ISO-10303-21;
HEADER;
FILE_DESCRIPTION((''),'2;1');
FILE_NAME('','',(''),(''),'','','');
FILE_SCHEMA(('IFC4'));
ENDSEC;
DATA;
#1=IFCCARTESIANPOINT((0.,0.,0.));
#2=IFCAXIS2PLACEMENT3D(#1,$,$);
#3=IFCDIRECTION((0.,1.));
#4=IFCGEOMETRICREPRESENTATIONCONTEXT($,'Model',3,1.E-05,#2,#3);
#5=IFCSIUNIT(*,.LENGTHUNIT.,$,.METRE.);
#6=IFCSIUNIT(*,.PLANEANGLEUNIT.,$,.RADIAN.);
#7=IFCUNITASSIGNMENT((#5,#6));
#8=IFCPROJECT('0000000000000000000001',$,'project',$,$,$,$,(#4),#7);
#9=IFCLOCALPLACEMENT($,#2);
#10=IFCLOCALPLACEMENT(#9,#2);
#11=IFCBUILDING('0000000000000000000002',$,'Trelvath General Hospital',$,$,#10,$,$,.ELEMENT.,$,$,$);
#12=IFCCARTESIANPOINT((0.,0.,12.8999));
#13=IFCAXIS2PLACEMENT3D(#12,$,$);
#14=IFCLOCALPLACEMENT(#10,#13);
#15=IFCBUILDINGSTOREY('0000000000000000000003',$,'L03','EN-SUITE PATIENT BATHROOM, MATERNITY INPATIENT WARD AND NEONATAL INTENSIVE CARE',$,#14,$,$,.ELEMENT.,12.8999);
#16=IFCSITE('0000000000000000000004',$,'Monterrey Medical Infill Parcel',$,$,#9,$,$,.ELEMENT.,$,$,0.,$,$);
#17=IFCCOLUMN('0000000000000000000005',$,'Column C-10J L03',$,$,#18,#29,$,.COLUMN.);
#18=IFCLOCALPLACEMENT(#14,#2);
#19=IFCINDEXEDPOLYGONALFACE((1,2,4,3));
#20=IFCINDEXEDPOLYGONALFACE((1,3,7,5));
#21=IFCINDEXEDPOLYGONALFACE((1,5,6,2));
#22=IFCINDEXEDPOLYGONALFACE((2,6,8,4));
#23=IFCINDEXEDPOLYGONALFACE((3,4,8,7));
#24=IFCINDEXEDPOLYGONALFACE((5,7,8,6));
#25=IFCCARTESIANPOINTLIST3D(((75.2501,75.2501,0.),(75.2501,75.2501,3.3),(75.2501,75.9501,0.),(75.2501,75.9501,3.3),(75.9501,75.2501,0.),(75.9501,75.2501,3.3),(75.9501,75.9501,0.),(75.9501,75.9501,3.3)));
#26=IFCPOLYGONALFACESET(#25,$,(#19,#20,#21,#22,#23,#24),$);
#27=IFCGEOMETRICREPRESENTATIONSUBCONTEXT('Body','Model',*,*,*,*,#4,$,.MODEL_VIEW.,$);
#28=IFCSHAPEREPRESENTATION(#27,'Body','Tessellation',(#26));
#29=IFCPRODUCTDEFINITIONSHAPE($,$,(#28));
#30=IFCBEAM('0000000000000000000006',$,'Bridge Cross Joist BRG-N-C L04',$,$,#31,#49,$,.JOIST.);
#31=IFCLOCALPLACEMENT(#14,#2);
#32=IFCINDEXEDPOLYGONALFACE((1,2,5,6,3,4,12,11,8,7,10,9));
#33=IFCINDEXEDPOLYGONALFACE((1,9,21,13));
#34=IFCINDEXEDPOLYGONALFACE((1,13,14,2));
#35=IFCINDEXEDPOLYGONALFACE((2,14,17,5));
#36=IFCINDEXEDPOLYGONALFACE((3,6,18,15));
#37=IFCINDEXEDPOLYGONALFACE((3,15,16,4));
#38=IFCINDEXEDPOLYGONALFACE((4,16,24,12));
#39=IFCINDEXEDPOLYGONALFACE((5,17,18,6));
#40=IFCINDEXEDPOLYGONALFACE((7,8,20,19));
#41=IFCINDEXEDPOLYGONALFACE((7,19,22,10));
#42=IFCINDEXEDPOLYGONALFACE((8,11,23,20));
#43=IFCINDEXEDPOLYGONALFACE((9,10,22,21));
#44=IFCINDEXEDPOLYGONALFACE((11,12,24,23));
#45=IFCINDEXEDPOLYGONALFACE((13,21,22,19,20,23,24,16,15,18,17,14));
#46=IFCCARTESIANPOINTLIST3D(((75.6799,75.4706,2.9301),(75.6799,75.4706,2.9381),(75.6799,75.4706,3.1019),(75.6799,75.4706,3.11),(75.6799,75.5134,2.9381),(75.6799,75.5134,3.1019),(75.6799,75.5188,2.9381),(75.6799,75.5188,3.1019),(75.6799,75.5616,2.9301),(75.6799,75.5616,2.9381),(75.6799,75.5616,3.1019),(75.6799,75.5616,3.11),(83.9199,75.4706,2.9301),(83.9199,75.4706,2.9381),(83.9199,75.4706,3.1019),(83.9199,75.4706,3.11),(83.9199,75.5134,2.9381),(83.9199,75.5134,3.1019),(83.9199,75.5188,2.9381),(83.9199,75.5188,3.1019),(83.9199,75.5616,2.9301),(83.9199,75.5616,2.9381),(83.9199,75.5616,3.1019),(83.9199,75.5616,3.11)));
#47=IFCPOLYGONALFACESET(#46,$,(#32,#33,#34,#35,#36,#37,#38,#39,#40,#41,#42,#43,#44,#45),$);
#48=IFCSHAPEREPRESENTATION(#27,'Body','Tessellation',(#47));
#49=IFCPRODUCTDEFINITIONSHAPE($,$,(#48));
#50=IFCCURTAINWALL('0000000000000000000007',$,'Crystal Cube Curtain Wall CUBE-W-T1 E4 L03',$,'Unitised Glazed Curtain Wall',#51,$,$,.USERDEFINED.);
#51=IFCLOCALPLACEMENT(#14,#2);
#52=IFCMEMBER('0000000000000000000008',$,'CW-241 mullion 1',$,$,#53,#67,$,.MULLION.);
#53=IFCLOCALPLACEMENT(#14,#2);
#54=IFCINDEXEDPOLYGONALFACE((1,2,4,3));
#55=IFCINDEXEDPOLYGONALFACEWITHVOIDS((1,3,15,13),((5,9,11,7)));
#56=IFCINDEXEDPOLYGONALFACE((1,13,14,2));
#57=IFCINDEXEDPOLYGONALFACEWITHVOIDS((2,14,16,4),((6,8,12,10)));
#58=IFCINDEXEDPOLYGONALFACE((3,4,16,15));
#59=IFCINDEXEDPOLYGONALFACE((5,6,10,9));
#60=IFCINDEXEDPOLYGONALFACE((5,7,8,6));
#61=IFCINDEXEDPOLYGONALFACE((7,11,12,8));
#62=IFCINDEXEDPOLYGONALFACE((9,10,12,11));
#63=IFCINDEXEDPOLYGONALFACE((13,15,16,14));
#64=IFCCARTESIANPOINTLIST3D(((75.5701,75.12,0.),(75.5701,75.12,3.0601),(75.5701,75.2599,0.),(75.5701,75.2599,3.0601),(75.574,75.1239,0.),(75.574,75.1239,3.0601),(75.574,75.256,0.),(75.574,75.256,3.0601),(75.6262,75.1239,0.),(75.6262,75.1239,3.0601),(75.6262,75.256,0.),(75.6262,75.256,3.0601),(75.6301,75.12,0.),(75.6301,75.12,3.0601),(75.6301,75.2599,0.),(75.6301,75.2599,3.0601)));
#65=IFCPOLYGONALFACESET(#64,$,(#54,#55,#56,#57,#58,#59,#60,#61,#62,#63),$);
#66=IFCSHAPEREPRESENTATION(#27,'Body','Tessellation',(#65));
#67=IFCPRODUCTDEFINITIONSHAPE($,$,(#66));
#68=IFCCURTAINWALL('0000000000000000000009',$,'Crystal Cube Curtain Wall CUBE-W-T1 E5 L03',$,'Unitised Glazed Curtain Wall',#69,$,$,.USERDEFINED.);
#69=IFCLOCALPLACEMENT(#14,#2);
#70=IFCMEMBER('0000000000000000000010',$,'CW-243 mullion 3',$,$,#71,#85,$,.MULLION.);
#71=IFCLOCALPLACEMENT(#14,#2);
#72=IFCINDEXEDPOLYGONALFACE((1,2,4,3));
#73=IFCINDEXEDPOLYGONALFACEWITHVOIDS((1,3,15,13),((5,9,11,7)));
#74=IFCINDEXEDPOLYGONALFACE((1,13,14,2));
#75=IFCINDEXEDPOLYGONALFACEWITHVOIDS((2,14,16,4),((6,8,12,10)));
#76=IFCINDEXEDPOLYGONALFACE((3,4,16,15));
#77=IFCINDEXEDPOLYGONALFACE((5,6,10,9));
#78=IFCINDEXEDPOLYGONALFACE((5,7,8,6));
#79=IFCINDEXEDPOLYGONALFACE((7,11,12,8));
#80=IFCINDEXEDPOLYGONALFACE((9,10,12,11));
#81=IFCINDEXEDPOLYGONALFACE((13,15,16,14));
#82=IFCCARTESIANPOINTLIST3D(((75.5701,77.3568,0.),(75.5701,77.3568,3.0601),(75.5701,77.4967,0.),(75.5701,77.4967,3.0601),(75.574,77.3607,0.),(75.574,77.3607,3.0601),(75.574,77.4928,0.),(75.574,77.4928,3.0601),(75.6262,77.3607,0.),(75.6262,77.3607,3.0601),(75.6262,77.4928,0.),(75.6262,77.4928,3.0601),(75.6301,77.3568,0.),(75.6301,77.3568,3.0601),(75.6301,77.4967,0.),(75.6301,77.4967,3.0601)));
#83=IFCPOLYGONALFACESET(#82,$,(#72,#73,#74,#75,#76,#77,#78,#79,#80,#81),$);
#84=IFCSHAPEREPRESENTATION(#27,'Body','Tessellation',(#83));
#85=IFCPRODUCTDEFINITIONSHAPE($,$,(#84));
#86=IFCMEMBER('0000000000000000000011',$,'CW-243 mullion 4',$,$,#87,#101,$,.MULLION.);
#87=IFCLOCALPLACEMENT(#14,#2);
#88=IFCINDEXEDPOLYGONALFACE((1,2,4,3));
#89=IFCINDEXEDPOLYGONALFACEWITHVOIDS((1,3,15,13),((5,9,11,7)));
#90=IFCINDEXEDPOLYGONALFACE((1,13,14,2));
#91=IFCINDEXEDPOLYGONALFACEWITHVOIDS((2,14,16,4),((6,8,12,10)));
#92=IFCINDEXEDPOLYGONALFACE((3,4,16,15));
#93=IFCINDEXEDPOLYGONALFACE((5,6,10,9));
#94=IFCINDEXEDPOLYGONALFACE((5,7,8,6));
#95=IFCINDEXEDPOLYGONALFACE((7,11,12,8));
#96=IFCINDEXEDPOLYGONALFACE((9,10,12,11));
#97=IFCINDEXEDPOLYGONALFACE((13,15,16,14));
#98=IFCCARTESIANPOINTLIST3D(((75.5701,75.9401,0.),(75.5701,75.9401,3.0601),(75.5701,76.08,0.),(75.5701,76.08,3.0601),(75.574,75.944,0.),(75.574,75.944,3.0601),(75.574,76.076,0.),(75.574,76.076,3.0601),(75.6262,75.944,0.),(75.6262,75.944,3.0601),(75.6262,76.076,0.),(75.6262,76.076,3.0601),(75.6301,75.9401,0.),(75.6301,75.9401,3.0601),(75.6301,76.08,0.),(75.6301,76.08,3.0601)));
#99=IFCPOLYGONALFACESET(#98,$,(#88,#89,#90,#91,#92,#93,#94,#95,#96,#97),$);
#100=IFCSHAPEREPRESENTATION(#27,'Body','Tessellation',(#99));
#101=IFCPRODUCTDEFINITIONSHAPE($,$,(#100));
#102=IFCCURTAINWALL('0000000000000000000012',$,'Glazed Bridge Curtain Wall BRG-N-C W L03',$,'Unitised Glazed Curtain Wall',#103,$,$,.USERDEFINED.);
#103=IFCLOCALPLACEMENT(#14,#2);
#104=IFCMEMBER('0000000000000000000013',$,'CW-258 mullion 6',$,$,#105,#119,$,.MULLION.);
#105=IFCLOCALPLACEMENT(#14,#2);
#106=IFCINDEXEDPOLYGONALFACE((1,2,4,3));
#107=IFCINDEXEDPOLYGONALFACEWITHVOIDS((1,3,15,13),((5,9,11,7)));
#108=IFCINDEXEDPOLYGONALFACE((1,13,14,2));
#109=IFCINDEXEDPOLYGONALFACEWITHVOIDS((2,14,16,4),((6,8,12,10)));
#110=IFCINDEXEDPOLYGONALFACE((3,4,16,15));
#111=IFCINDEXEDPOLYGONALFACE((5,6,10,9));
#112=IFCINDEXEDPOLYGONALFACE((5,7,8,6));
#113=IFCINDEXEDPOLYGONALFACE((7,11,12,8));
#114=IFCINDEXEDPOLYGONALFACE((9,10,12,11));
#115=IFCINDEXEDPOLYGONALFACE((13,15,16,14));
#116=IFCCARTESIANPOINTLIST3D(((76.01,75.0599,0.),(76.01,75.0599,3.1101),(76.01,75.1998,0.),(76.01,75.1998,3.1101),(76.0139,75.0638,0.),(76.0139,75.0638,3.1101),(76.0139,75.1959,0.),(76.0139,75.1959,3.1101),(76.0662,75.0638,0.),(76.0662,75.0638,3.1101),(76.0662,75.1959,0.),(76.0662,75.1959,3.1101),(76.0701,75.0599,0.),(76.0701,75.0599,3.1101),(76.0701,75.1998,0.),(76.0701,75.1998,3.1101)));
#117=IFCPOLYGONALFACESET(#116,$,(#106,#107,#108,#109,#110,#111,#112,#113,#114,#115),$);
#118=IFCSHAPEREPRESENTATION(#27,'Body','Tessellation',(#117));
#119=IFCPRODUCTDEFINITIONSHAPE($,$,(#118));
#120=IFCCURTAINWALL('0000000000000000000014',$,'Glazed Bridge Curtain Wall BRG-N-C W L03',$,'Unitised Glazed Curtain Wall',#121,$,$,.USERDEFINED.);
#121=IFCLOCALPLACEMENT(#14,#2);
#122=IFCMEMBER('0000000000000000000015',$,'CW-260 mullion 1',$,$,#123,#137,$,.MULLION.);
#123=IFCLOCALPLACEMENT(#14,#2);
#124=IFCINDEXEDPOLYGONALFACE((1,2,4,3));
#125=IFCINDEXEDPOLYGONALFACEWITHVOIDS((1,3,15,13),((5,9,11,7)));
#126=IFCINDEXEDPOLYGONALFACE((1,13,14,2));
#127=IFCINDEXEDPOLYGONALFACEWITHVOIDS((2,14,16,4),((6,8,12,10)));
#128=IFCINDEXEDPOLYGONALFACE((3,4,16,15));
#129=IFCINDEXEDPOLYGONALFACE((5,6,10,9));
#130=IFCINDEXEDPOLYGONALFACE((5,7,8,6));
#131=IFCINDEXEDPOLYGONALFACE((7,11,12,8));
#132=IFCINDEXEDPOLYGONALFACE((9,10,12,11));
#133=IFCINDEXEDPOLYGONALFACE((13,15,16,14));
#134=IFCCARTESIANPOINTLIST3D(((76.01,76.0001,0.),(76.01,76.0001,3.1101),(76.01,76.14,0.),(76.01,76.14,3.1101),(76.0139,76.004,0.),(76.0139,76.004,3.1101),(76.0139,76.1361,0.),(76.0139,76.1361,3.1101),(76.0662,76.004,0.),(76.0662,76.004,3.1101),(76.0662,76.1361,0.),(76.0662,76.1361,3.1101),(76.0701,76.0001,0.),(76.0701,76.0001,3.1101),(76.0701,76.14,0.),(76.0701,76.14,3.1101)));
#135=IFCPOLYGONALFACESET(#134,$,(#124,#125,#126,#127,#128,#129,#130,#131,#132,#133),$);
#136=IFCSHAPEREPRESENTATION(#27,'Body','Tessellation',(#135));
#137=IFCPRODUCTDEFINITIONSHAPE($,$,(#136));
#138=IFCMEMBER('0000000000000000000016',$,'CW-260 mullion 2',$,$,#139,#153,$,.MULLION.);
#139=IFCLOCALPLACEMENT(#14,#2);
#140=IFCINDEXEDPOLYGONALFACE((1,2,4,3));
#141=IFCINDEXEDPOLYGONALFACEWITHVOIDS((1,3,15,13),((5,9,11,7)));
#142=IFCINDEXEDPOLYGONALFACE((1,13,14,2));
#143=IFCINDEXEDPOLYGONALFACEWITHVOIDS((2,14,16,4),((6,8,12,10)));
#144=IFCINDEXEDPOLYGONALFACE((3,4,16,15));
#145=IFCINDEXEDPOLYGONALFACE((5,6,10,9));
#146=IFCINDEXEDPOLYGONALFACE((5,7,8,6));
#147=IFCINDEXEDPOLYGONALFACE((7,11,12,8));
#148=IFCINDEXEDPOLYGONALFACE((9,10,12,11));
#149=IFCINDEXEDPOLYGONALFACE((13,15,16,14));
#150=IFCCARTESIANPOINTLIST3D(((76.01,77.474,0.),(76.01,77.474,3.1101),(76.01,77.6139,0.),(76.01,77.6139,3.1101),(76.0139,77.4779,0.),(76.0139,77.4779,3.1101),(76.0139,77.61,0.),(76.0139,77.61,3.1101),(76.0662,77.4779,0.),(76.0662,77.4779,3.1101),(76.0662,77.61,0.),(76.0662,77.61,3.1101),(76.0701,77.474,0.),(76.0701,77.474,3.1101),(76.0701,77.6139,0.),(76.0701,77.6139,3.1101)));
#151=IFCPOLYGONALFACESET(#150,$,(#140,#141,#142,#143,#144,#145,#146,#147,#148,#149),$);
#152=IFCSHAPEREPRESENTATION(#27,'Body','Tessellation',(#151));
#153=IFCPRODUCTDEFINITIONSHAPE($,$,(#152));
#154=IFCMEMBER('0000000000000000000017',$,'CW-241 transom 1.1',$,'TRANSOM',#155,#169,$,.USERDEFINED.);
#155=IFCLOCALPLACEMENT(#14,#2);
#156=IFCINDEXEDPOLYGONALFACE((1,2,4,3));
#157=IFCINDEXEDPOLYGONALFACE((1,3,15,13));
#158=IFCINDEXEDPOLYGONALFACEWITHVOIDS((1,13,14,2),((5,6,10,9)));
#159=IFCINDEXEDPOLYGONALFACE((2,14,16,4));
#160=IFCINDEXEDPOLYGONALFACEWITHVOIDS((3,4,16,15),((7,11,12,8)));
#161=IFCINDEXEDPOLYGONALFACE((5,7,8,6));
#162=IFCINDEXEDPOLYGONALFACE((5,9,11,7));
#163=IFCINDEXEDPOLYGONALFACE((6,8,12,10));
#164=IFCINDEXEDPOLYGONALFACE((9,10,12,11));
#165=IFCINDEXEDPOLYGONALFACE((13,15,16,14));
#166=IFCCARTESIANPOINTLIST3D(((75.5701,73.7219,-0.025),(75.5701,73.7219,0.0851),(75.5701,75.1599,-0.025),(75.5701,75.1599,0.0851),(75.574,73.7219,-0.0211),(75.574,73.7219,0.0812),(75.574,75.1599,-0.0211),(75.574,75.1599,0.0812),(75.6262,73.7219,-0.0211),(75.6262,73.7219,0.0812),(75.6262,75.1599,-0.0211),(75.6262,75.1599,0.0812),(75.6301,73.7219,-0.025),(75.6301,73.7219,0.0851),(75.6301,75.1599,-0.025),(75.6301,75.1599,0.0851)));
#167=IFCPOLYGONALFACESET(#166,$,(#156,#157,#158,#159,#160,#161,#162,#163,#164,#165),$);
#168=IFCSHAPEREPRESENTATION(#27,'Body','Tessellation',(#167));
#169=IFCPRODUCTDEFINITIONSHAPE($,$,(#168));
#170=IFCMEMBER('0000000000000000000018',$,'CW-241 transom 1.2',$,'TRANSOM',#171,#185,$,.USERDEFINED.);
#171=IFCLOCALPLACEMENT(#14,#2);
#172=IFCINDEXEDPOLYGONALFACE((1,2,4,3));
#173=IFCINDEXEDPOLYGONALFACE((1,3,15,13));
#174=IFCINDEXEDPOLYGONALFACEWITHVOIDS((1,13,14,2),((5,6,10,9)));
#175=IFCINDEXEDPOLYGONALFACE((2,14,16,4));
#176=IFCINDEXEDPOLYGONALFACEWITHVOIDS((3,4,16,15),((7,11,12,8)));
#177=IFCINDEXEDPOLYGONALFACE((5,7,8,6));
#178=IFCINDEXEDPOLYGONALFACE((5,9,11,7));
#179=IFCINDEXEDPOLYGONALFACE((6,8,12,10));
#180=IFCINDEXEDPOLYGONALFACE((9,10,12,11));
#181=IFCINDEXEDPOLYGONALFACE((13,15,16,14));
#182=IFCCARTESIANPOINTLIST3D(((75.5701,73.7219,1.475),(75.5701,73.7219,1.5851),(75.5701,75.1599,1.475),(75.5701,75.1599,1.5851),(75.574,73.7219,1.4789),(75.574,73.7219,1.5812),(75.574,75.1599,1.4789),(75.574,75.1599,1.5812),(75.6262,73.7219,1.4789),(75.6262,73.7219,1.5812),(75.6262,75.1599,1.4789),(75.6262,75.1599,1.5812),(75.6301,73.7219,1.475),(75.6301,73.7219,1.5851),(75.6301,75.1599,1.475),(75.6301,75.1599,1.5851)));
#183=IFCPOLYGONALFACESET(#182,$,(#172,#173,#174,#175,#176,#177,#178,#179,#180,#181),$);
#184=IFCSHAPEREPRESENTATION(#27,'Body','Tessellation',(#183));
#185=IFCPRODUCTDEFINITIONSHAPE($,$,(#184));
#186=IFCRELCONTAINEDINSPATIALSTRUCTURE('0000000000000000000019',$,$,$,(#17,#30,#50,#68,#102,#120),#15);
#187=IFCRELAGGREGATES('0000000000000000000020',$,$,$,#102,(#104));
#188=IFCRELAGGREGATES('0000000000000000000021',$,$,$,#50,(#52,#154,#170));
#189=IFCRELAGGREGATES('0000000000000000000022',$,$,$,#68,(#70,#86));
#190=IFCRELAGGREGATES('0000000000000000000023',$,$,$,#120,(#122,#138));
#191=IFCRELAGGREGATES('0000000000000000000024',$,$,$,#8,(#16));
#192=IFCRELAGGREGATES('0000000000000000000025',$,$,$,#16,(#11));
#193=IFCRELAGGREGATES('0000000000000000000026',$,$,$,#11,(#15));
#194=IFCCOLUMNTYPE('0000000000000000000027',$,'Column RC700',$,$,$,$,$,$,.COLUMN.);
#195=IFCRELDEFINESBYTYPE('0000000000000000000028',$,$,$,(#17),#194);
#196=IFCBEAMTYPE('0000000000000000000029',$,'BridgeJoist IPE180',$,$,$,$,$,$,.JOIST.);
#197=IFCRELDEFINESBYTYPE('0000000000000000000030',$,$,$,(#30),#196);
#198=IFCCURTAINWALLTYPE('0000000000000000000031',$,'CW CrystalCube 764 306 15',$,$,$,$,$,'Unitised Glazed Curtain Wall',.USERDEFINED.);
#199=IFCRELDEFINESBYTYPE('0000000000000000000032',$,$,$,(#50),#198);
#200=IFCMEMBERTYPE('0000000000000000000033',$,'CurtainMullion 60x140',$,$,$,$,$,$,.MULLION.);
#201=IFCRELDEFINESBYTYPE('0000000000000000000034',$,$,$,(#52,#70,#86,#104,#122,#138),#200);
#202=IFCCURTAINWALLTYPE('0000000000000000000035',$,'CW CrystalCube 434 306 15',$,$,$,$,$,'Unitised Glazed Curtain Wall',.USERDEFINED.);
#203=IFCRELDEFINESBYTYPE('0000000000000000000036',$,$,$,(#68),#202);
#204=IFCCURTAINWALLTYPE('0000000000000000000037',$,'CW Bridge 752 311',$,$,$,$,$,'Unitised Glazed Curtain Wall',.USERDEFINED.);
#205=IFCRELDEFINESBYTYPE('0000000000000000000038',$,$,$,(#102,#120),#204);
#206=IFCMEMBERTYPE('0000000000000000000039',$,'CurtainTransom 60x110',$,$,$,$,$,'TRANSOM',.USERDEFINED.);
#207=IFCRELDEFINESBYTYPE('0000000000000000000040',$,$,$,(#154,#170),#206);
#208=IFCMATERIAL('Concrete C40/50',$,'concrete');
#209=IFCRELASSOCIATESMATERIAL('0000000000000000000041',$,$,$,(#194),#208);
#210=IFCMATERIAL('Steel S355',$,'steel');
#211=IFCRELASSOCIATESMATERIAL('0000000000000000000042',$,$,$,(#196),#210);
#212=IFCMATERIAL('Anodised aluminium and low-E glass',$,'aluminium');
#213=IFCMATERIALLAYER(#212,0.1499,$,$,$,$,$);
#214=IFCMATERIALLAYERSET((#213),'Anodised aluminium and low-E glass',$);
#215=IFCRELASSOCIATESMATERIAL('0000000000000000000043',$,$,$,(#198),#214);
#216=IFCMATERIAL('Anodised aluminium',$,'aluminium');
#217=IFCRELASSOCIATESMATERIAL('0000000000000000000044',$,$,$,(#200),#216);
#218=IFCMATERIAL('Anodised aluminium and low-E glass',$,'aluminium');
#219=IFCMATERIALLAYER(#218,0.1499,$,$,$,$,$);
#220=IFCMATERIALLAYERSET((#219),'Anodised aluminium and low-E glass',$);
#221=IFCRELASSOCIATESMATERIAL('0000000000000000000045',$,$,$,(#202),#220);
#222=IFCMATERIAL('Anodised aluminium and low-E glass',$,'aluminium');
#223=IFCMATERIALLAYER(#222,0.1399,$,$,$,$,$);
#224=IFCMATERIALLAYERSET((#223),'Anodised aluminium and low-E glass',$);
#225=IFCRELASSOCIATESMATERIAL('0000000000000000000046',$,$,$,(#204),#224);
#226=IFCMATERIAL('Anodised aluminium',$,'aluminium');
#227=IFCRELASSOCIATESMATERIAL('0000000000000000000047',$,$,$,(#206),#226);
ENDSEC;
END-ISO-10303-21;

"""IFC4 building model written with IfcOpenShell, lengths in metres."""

from ifc_helpers import new_model, si_unit, direction, frame, origin, origin_2d, place, context, subcontext, project, spatial, rectangle, hollow_rectangle, i_section, extrude, material, layer, layer_set, material_profile, profile_set, type_object, element, aggregate, save


model = new_model("IFC4")

# Units and contexts
model_context = context("Model", 3, precision=1e-05, world=origin(), true_north=direction((0.0, 1.0)))
body_context = subcontext(model_context, "Body", "Model", "MODEL_VIEW")
ifc_project = project(units=[si_unit("LENGTHUNIT", "METRE"), si_unit("PLANEANGLEUNIT", "RADIAN")], contexts=[model_context])

# Site, building, storey
site_placement = place(None, origin())
site = spatial("IfcSite", under=ifc_project, at=site_placement, Name="Monterrey Medical Infill Parcel", CompositionType="ELEMENT", RefElevation=0.0)
building_placement = place(site_placement, origin())
building = spatial("IfcBuilding", under=site, at=building_placement, Name="Trelvath General Hospital", CompositionType="ELEMENT")
storey_placement = place(building_placement, frame((0.0, 0.0, 12.8999)))
storey = spatial("IfcBuildingStorey", under=building, at=storey_placement, Name="L03", Description="EN-SUITE PATIENT BATHROOM, MATERNITY INPATIENT WARD AND NEONATAL INTENSIVE CARE", CompositionType="ELEMENT", Elevation=12.8999)

# Column
ifc_material_1 = material(Name="Concrete C40/50", Category="concrete")
ifc_material_profile_1 = material_profile(ifc_material_1, rectangle(XDim=0.7, YDim=0.7, at=origin_2d()), Name="RC700x700")
ifc_profile_set_1 = profile_set([ifc_material_profile_1], Name="Concrete C40/50")
column_type = type_object("IfcColumnType", Name="Column RC700", PredefinedType="COLUMN", material=ifc_profile_set_1)
column_placement = place(storey_placement, frame((75.6001, 75.6001, 0.0), z_axis=(0.0, 0.0, 1.0), x_axis=(1.0, 0.0, 0.0)))
element("IfcColumn", 1, at=column_placement, inside=storey, type_object=column_type, Name="Column C-10J L03", PredefinedType="COLUMN", context=body_context, shape_type="SweptSolid", body=[
    extrude(rectangle(XDim=0.7, YDim=0.7, at=origin_2d()), origin(), (0.0, 0.0, 1.0), 3.3),
])

# Beam
ifc_material_2 = material(Name="Steel S355", Category="steel")
ifc_material_profile_2 = material_profile(ifc_material_2, i_section(OverallWidth=0.0911, OverallDepth=0.1799, WebThickness=0.0054, FlangeThickness=0.0081, at=origin_2d()), Name="IPE180")
ifc_profile_set_2 = profile_set([ifc_material_profile_2], Name="Steel S355")
beam_type = type_object("IfcBeamType", Name="BridgeJoist IPE180", PredefinedType="JOIST", material=ifc_profile_set_2)
beam_placement = place(storey_placement, frame((75.6799, 75.5161, 3.02), z_axis=(1.0, 0.0, 0.0), x_axis=(0.0, 1.0, 0.0)))
element("IfcBeam", 2, at=beam_placement, inside=storey, type_object=beam_type, Name="Bridge Cross Joist BRG-N-C L04", PredefinedType="JOIST", context=body_context, shape_type="SweptSolid", body=[
    extrude(i_section(OverallWidth=0.0911, OverallDepth=0.1799, WebThickness=0.0054, FlangeThickness=0.0081, at=origin_2d()), origin(), (0.0, 0.0, 1.0), 8.24),
])

# Curtain wall, member
ifc_material_3 = material(Name="Anodised aluminium and low-E glass", Category="aluminium")
ifc_layer_1 = layer(ifc_material_3, 0.1499)
ifc_layer_set_1 = layer_set([ifc_layer_1], Name="Anodised aluminium and low-E glass")
curtain_wall_type_1 = type_object("IfcCurtainWallType", Name="CW CrystalCube 764 306 15", ElementType="Unitised Glazed Curtain Wall", PredefinedType="USERDEFINED", material=ifc_layer_set_1)
curtain_wall_1_placement = place(storey_placement, origin())
curtain_wall_1 = element("IfcCurtainWall", 3, at=curtain_wall_1_placement, inside=storey, type_object=curtain_wall_type_1, Name="Crystal Cube Curtain Wall CUBE-W-T1 E4 L03", ObjectType="Unitised Glazed Curtain Wall", PredefinedType="USERDEFINED")
ifc_material_4 = material(Name="Anodised aluminium", Category="aluminium")
ifc_material_profile_3 = material_profile(ifc_material_4, hollow_rectangle(XDim=0.0601, YDim=0.1399, WallThickness=0.0039, at=origin_2d()), Name="RHS60x140x4")
ifc_profile_set_3 = profile_set([ifc_material_profile_3], Name="Anodised aluminium")
member_type_1 = type_object("IfcMemberType", Name="CurtainMullion 60x140", PredefinedType="MULLION", material=ifc_profile_set_3)
member_1_placement = place(storey_placement, frame((75.6001, 75.1899, 0.0), z_axis=(0.0, 0.0, 1.0), x_axis=(1.0, 0.0, 0.0)))
member_1 = element("IfcMember", 4, at=member_1_placement, type_object=member_type_1, Name="CW-241 mullion 1", PredefinedType="MULLION", context=body_context, shape_type="SweptSolid", body=[
    extrude(hollow_rectangle(XDim=0.0601, YDim=0.1399, WallThickness=0.0039, at=origin_2d()), origin(), (0.0, 0.0, 1.0), 3.0601),
])

# Curtain wall, members
ifc_material_5 = material(Name="Anodised aluminium and low-E glass", Category="aluminium")
ifc_layer_2 = layer(ifc_material_5, 0.1499)
ifc_layer_set_2 = layer_set([ifc_layer_2], Name="Anodised aluminium and low-E glass")
curtain_wall_type_2 = type_object("IfcCurtainWallType", Name="CW CrystalCube 434 306 15", ElementType="Unitised Glazed Curtain Wall", PredefinedType="USERDEFINED", material=ifc_layer_set_2)
curtain_wall_2_placement = place(storey_placement, origin())
curtain_wall_2 = element("IfcCurtainWall", 5, at=curtain_wall_2_placement, inside=storey, type_object=curtain_wall_type_2, Name="Crystal Cube Curtain Wall CUBE-W-T1 E5 L03", ObjectType="Unitised Glazed Curtain Wall", PredefinedType="USERDEFINED")
member_2_placement = place(storey_placement, frame((75.6001, 77.4268, 0.0), z_axis=(0.0, 0.0, 1.0), x_axis=(1.0, 0.0, 0.0)))
member_2 = element("IfcMember", 6, at=member_2_placement, type_object=member_type_1, Name="CW-243 mullion 3", PredefinedType="MULLION", context=body_context, shape_type="SweptSolid", body=[
    extrude(hollow_rectangle(XDim=0.0601, YDim=0.1399, WallThickness=0.0039, at=origin_2d()), origin(), (0.0, 0.0, 1.0), 3.0601),
])
member_3_placement = place(storey_placement, frame((75.6001, 76.01, 0.0), z_axis=(0.0, 0.0, 1.0), x_axis=(1.0, 0.0, 0.0)))
member_3 = element("IfcMember", 7, at=member_3_placement, type_object=member_type_1, Name="CW-243 mullion 4", PredefinedType="MULLION", context=body_context, shape_type="SweptSolid", body=[
    extrude(hollow_rectangle(XDim=0.0601, YDim=0.1399, WallThickness=0.0039, at=origin_2d()), origin(), (0.0, 0.0, 1.0), 3.0601),
])

# Curtain wall, member
ifc_material_6 = material(Name="Anodised aluminium and low-E glass", Category="aluminium")
ifc_layer_3 = layer(ifc_material_6, 0.1399)
ifc_layer_set_3 = layer_set([ifc_layer_3], Name="Anodised aluminium and low-E glass")
curtain_wall_type_3 = type_object("IfcCurtainWallType", Name="CW Bridge 752 311", ElementType="Unitised Glazed Curtain Wall", PredefinedType="USERDEFINED", material=ifc_layer_set_3)
curtain_wall_3_placement = place(storey_placement, origin())
curtain_wall_3 = element("IfcCurtainWall", 8, at=curtain_wall_3_placement, inside=storey, type_object=curtain_wall_type_3, Name="Glazed Bridge Curtain Wall BRG-N-C W L03", ObjectType="Unitised Glazed Curtain Wall", PredefinedType="USERDEFINED")
member_4_placement = place(storey_placement, frame((76.04, 75.1299, 0.0), z_axis=(0.0, 0.0, 1.0), x_axis=(-1.0, 0.0, 0.0)))
member_4 = element("IfcMember", 9, at=member_4_placement, type_object=member_type_1, Name="CW-258 mullion 6", PredefinedType="MULLION", context=body_context, shape_type="SweptSolid", body=[
    extrude(hollow_rectangle(XDim=0.0601, YDim=0.1399, WallThickness=0.0039, at=origin_2d()), origin(), (0.0, 0.0, 1.0), 3.1101),
])
aggregate(curtain_wall_3, [member_4])

# Curtain wall, members
curtain_wall_4_placement = place(storey_placement, origin())
curtain_wall_4 = element("IfcCurtainWall", 10, at=curtain_wall_4_placement, inside=storey, type_object=curtain_wall_type_3, Name="Glazed Bridge Curtain Wall BRG-N-C W L03", ObjectType="Unitised Glazed Curtain Wall", PredefinedType="USERDEFINED")
member_5_placement = place(storey_placement, frame((76.04, 76.0701, 0.0), z_axis=(0.0, 0.0, 1.0), x_axis=(-1.0, 0.0, 0.0)))
member_5 = element("IfcMember", 11, at=member_5_placement, type_object=member_type_1, Name="CW-260 mullion 1", PredefinedType="MULLION", context=body_context, shape_type="SweptSolid", body=[
    extrude(hollow_rectangle(XDim=0.0601, YDim=0.1399, WallThickness=0.0039, at=origin_2d()), origin(), (0.0, 0.0, 1.0), 3.1101),
])
member_6_placement = place(storey_placement, frame((76.04, 77.5439, 0.0), z_axis=(0.0, 0.0, 1.0), x_axis=(-1.0, 0.0, 0.0)))
member_6 = element("IfcMember", 12, at=member_6_placement, type_object=member_type_1, Name="CW-260 mullion 2", PredefinedType="MULLION", context=body_context, shape_type="SweptSolid", body=[
    extrude(hollow_rectangle(XDim=0.0601, YDim=0.1399, WallThickness=0.0039, at=origin_2d()), origin(), (0.0, 0.0, 1.0), 3.1101),
])

# Members
ifc_material_7 = material(Name="Anodised aluminium", Category="aluminium")
ifc_material_profile_4 = material_profile(ifc_material_7, hollow_rectangle(XDim=0.0601, YDim=0.1101, WallThickness=0.0039, at=origin_2d()), Name="RHS60x110x4")
ifc_profile_set_4 = profile_set([ifc_material_profile_4], Name="Anodised aluminium")
member_type_2 = type_object("IfcMemberType", Name="CurtainTransom 60x110", ElementType="TRANSOM", PredefinedType="USERDEFINED", material=ifc_profile_set_4)
member_7_placement = place(storey_placement, frame((75.6001, 75.1599, 0.03), z_axis=(0.0, -1.0, 0.0), x_axis=(1.0, 0.0, 0.0)))
member_7 = element("IfcMember", 13, at=member_7_placement, type_object=member_type_2, Name="CW-241 transom 1.1", ObjectType="TRANSOM", PredefinedType="USERDEFINED", context=body_context, shape_type="SweptSolid", body=[
    extrude(hollow_rectangle(XDim=0.0601, YDim=0.1101, WallThickness=0.0039, at=origin_2d()), origin(), (0.0, 0.0, 1.0), 1.438),
])
member_8_placement = place(storey_placement, frame((75.6001, 75.1599, 1.53), z_axis=(0.0, -1.0, 0.0), x_axis=(1.0, 0.0, 0.0)))
member_8 = element("IfcMember", 14, at=member_8_placement, type_object=member_type_2, Name="CW-241 transom 1.2", ObjectType="TRANSOM", PredefinedType="USERDEFINED", context=body_context, shape_type="SweptSolid", body=[
    extrude(hollow_rectangle(XDim=0.0601, YDim=0.1101, WallThickness=0.0039, at=origin_2d()), origin(), (0.0, 0.0, 1.0), 1.438),
])

aggregate(curtain_wall_1, [member_1, member_7, member_8])
aggregate(curtain_wall_2, [member_2, member_3])
aggregate(curtain_wall_4, [member_5, member_6])

save(model, "model.ifc")
